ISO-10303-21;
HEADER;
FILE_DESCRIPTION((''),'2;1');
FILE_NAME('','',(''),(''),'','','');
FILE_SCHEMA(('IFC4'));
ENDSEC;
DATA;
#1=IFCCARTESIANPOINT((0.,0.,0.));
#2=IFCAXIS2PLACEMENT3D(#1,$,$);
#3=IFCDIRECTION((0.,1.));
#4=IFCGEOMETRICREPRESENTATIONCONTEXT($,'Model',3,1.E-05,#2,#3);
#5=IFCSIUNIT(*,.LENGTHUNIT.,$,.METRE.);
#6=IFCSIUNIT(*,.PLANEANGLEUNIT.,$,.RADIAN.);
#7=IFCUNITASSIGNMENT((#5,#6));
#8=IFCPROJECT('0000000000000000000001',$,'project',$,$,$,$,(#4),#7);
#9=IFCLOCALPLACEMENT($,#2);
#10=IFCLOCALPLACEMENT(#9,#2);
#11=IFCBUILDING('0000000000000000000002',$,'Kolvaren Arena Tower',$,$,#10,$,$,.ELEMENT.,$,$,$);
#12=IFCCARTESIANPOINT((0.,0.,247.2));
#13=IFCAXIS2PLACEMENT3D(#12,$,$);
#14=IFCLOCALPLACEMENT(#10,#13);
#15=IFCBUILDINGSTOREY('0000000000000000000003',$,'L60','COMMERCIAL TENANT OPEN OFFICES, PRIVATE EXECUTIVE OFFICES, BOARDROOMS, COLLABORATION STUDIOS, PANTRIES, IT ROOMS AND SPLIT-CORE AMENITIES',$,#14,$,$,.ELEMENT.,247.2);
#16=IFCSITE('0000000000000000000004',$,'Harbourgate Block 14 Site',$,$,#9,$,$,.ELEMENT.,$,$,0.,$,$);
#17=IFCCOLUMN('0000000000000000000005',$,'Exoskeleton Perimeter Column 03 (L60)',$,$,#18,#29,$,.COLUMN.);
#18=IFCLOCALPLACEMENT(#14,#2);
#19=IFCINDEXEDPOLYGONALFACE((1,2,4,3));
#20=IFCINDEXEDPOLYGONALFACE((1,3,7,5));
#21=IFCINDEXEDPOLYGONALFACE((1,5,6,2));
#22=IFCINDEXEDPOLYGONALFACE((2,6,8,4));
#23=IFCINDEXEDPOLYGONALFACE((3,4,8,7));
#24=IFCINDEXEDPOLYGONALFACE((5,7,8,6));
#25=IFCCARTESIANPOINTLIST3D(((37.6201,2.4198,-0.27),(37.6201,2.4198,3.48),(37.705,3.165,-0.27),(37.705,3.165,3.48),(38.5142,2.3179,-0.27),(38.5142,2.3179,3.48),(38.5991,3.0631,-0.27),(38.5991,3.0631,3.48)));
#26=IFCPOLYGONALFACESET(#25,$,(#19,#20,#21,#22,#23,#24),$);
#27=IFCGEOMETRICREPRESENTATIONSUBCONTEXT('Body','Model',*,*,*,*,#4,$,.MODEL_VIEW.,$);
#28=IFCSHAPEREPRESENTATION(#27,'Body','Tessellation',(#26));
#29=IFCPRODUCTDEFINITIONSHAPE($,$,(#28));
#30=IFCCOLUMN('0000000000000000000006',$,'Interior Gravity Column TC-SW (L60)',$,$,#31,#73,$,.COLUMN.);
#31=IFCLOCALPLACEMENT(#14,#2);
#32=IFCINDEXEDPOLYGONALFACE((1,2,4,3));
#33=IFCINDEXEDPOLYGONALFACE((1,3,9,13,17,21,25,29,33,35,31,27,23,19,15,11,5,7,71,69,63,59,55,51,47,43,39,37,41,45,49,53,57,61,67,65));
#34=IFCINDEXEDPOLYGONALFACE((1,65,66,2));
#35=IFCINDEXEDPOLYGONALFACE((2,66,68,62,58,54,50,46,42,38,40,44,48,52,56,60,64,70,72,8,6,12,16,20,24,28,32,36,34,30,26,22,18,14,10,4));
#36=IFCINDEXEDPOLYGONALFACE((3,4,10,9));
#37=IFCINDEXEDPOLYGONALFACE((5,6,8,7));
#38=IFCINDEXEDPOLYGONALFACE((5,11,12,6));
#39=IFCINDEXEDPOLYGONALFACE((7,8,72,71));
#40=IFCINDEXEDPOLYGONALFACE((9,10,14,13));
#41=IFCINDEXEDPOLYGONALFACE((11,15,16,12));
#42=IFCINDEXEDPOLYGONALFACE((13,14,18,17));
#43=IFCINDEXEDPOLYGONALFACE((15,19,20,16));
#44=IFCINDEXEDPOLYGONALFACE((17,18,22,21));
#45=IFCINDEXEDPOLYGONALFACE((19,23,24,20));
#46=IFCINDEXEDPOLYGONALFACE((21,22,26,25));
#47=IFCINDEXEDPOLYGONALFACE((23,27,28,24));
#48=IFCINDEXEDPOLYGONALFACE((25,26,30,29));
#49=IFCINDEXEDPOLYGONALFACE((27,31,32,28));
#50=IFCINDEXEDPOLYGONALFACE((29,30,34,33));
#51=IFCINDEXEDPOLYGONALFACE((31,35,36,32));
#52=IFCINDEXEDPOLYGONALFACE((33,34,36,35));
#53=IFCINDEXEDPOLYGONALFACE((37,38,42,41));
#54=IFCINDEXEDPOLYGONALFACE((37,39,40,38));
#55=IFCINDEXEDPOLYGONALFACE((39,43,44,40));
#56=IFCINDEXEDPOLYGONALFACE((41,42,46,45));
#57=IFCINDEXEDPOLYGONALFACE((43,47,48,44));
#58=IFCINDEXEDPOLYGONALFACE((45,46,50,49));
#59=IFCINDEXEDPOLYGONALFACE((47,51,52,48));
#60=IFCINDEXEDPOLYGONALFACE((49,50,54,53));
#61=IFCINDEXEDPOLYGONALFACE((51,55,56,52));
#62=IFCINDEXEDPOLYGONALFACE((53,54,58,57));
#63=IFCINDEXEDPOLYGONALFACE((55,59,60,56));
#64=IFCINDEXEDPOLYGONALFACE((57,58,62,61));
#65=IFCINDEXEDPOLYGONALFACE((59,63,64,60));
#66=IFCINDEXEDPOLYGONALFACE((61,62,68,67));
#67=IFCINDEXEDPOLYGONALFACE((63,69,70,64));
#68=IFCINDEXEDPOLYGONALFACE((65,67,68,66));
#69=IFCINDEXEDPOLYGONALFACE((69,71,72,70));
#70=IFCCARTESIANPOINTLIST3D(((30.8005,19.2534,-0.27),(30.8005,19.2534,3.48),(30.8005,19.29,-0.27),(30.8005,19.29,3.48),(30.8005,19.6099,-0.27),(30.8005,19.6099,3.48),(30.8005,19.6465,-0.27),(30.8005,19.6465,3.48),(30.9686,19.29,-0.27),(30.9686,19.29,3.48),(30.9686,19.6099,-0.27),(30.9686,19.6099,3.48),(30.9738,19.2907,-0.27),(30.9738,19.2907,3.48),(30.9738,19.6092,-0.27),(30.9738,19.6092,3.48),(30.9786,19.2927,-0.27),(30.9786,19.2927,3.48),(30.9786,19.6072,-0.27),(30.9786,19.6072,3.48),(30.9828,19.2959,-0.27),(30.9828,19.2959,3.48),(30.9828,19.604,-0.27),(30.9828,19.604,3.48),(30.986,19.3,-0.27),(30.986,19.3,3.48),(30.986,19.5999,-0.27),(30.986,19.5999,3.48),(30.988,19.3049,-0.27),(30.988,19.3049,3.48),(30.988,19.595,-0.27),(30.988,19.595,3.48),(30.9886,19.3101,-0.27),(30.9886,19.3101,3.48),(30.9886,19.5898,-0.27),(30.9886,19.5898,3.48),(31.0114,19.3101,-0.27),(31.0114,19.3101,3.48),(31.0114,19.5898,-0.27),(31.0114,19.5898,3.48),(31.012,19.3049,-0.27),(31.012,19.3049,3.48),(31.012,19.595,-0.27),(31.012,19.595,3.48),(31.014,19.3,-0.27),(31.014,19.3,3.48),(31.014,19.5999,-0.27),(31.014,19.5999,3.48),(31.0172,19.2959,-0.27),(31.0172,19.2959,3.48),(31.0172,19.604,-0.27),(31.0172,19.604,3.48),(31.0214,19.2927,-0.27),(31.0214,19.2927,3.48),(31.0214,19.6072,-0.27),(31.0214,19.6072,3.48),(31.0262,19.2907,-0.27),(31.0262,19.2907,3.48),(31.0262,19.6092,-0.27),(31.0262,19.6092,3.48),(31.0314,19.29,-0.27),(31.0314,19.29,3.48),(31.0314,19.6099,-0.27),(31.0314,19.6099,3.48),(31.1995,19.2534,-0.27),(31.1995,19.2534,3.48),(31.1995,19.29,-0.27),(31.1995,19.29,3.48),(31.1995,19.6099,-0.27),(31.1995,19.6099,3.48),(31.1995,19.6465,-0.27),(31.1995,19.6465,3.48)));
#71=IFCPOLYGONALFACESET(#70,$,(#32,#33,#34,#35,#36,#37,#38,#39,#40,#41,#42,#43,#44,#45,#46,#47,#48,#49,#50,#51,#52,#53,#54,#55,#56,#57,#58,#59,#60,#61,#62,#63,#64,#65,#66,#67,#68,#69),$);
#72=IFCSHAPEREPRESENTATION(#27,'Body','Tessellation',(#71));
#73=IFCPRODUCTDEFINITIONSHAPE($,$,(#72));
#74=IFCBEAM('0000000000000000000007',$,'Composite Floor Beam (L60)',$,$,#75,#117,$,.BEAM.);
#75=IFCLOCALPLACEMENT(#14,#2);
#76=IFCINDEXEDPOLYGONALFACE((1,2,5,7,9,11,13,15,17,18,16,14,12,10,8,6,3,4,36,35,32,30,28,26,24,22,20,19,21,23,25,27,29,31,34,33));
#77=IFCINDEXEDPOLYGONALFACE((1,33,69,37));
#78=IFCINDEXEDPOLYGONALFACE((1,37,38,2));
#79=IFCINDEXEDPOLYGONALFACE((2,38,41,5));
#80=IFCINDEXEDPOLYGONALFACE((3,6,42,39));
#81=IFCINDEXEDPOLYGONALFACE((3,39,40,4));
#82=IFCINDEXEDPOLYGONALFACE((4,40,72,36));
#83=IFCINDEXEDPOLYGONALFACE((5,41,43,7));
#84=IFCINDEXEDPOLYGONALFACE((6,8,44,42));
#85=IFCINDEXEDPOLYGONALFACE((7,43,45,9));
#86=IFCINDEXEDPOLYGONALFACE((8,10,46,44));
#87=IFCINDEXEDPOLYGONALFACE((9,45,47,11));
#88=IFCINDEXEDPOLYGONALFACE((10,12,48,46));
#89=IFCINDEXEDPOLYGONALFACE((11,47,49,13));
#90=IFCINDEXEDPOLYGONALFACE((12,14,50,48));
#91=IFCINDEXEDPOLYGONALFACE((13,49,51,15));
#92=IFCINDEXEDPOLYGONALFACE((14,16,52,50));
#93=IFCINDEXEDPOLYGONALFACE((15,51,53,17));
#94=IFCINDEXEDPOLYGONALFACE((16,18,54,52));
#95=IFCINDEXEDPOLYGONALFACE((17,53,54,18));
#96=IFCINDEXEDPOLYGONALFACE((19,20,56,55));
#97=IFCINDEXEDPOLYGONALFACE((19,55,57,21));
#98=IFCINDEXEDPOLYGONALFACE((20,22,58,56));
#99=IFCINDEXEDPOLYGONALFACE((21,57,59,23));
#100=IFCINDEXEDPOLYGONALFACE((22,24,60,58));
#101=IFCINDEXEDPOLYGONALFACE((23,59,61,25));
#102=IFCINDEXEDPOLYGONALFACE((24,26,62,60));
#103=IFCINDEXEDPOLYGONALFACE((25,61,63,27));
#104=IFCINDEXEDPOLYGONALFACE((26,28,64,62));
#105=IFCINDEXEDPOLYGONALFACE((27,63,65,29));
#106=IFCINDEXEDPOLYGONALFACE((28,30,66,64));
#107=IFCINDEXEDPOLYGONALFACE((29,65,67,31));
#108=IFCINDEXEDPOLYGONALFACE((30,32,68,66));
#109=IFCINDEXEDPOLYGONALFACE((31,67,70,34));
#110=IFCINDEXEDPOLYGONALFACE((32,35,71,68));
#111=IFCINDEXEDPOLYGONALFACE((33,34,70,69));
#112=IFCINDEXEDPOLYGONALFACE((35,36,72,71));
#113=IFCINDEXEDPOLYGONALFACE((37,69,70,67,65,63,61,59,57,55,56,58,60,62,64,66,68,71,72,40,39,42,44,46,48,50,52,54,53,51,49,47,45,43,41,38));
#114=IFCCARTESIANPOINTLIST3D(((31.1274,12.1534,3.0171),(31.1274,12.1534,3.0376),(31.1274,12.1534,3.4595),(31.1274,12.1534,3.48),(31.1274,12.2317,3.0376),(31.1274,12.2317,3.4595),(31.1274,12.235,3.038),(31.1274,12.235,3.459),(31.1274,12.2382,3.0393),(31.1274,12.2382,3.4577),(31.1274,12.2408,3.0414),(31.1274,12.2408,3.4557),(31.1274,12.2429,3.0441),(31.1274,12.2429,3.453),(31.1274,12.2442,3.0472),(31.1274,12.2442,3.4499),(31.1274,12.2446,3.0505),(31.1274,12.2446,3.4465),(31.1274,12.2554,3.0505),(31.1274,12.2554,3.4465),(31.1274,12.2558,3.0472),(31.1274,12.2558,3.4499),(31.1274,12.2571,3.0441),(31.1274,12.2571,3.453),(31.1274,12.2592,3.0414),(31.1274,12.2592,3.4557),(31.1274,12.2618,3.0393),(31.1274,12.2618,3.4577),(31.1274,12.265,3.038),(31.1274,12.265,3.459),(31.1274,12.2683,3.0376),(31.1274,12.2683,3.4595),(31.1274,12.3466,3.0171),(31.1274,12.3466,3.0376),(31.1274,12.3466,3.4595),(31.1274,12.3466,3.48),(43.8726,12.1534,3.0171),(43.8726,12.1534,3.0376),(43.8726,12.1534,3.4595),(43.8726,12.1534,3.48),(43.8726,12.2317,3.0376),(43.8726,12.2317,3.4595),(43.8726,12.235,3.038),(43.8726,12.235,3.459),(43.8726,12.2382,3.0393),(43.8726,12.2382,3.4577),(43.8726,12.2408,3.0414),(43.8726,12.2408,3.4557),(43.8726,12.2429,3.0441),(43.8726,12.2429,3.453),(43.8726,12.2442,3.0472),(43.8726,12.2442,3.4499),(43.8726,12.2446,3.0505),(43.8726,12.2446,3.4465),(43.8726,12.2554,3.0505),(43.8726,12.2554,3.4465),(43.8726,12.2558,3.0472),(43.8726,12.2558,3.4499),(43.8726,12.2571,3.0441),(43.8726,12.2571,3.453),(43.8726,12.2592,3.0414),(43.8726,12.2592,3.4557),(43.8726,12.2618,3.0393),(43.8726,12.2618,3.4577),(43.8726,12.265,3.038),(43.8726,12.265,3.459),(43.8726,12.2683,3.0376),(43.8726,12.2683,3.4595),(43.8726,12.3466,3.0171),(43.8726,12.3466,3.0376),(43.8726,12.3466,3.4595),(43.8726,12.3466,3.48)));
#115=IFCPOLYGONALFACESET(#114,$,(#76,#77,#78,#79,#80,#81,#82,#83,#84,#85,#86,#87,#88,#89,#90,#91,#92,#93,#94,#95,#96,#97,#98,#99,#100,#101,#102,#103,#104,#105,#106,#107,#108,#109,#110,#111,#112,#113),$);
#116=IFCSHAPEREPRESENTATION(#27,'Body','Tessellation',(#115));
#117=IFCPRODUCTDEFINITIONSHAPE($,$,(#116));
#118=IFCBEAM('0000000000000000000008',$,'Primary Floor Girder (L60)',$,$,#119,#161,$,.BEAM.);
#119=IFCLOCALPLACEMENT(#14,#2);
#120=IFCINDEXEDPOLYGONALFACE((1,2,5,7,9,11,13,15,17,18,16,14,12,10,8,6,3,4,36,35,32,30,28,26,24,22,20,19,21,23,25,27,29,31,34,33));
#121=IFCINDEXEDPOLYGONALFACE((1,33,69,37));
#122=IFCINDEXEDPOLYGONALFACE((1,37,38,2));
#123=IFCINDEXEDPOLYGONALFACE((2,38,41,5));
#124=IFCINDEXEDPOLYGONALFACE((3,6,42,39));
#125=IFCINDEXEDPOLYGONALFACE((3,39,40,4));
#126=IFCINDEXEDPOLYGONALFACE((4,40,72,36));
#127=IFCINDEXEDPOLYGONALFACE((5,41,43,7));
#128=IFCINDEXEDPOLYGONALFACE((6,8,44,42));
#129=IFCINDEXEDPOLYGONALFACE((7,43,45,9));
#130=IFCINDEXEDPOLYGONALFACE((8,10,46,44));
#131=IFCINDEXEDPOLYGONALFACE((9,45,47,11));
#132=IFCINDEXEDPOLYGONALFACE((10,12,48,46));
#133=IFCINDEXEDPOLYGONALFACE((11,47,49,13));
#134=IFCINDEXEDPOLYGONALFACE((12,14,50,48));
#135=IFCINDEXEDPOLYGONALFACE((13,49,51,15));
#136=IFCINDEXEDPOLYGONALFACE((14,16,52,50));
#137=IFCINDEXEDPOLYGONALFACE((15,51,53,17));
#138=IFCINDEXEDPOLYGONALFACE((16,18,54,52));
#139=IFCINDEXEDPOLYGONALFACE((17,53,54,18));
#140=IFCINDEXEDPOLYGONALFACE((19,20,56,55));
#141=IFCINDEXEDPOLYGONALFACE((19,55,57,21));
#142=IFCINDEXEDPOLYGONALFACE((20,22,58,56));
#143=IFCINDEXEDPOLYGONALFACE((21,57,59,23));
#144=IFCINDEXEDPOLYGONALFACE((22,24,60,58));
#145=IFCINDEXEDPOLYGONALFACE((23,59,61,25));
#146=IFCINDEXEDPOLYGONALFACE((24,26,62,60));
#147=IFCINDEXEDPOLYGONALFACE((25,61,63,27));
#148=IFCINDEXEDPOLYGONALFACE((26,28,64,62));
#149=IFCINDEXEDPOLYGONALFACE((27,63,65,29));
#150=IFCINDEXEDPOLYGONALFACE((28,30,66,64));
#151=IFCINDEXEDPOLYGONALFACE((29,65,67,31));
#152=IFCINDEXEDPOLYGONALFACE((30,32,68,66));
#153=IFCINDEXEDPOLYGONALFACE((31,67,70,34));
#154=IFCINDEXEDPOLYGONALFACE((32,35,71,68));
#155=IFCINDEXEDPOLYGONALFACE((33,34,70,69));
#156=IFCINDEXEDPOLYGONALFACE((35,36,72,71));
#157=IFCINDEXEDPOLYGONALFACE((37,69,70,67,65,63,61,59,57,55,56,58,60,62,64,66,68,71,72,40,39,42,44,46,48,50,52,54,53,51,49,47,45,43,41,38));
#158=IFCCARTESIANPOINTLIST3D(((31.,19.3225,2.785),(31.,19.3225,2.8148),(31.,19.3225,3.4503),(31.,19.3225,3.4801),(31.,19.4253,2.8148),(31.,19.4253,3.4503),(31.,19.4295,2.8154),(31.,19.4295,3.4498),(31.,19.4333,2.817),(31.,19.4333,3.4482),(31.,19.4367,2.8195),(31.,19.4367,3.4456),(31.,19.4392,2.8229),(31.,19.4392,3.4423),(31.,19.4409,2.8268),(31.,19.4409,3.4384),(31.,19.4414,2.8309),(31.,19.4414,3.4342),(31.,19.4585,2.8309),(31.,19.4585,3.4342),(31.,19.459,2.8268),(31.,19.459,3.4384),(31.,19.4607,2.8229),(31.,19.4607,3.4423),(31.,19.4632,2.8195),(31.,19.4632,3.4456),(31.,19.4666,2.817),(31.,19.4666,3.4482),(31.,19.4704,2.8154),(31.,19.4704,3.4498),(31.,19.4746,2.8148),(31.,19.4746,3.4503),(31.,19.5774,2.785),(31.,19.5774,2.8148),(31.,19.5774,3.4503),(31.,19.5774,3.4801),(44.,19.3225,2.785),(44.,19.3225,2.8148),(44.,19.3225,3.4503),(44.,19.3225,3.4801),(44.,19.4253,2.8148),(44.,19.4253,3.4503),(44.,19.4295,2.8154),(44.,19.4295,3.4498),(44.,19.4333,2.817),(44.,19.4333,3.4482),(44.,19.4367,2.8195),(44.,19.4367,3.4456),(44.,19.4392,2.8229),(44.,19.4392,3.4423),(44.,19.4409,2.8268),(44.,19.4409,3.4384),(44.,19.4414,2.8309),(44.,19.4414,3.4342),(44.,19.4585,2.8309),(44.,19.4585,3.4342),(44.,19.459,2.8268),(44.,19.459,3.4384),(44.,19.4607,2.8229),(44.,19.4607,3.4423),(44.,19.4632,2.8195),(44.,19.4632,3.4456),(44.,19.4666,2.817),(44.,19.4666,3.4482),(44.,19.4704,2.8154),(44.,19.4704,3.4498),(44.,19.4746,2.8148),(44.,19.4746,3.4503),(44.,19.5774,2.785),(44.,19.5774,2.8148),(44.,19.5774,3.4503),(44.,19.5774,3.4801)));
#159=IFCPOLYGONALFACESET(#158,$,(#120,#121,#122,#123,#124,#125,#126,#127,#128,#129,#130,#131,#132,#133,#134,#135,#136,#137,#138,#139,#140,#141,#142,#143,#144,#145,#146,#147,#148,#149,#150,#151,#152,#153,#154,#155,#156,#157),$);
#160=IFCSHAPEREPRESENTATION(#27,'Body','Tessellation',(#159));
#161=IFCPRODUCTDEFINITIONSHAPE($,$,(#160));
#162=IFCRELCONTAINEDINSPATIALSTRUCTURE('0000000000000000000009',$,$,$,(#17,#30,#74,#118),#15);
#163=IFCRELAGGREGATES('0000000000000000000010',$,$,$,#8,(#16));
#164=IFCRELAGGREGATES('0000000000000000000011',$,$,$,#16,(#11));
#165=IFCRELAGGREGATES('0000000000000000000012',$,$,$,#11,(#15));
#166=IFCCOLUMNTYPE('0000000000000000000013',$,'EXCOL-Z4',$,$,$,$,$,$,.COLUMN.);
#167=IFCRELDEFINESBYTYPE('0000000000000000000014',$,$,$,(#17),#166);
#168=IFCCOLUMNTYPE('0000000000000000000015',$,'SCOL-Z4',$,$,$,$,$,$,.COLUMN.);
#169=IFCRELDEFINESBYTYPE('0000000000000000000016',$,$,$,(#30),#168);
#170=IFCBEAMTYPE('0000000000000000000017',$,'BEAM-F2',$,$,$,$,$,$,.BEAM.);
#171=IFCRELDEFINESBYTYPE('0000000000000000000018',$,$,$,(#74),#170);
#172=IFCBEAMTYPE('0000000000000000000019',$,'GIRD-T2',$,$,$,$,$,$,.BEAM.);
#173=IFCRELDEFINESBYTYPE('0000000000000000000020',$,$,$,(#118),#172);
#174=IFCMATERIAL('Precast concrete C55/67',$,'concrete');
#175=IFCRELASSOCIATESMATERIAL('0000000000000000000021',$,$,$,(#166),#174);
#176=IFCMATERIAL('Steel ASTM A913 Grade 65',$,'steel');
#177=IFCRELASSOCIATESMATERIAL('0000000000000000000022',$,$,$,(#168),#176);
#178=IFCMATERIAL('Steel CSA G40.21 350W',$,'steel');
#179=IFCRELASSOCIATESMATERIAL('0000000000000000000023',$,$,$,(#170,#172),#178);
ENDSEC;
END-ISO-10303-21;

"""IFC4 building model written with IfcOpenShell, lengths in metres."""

from ifc_helpers import new_model, si_unit, direction, frame, origin, origin_2d, place, context, subcontext, project, spatial, rectangle, i_section, extrude, material, material_profile, profile_set, type_object, element, save


model = new_model("IFC4")

# Units and contexts
model_context = context("Model", 3, precision=1e-05, world=origin(), true_north=direction((0.0, 1.0)))
body_context = subcontext(model_context, "Body", "Model", "MODEL_VIEW")
ifc_project = project(units=[si_unit("LENGTHUNIT", "METRE"), si_unit("PLANEANGLEUNIT", "RADIAN")], contexts=[model_context])

# Site, building, storey
site_placement = place(None, origin())
site = spatial("IfcSite", under=ifc_project, at=site_placement, Name="Harbourgate Block 14 Site", CompositionType="ELEMENT", RefElevation=0.0)
building_placement = place(site_placement, origin())
building = spatial("IfcBuilding", under=site, at=building_placement, Name="Kolvaren Arena Tower", CompositionType="ELEMENT")
storey_placement = place(building_placement, frame((0.0, 0.0, 247.2)))
storey = spatial("IfcBuildingStorey", under=building, at=storey_placement, Name="L60", Description="COMMERCIAL TENANT OPEN OFFICES, PRIVATE EXECUTIVE OFFICES, BOARDROOMS, COLLABORATION STUDIOS, PANTRIES, IT ROOMS AND SPLIT-CORE AMENITIES", CompositionType="ELEMENT", Elevation=247.2)

# Columns
ifc_material_1 = material(Name="Precast concrete C55/67", Category="concrete")
ifc_material_profile_1 = material_profile(ifc_material_1, rectangle(XDim=0.8999, YDim=0.75, at=origin_2d()), Name="RC-900x750")
ifc_profile_set_1 = profile_set([ifc_material_profile_1], Name="Precast concrete C55/67")
column_type_1 = type_object("IfcColumnType", Name="EXCOL-Z4", PredefinedType="COLUMN", material=ifc_profile_set_1)
column_1_placement = place(storey_placement, frame((38.1096, 2.7415, -0.27), z_axis=(0.0, 0.0, 1.0), x_axis=(0.993572, -0.113203, 0.0)))
element("IfcColumn", 1, at=column_1_placement, inside=storey, type_object=column_type_1, Name="Exoskeleton Perimeter Column 03 (L60)", PredefinedType="COLUMN", context=body_context, shape_type="SweptSolid", body=[
    extrude(rectangle(XDim=0.8999, YDim=0.75, at=origin_2d()), origin(), (0.0, 0.0, 1.0), 3.75),
])
ifc_material_2 = material(Name="Steel ASTM A913 Grade 65", Category="steel")
ifc_material_profile_2 = material_profile(ifc_material_2, i_section(OverallWidth=0.3989, OverallDepth=0.3931, WebThickness=0.0227, FlangeThickness=0.0366, FilletRadius=0.02, at=origin_2d()), Name="W360x287")
ifc_profile_set_2 = profile_set([ifc_material_profile_2], Name="Steel ASTM A913 Grade 65")
column_type_2 = type_object("IfcColumnType", Name="SCOL-Z4", PredefinedType="COLUMN", material=ifc_profile_set_2)
column_2_placement = place(storey_placement, frame((31.0, 19.45, -0.27), z_axis=(0.0, 0.0, 1.0), x_axis=(1.0, 0.0, 0.0)))
element("IfcColumn", 2, at=column_2_placement, inside=storey, type_object=column_type_2, Name="Interior Gravity Column TC-SW (L60)", PredefinedType="COLUMN", context=body_context, shape_type="SweptSolid", body=[
    extrude(i_section(OverallWidth=0.3989, OverallDepth=0.3931, WebThickness=0.0227, FlangeThickness=0.0366, FilletRadius=0.02, at=origin_2d()), origin(), (0.0, 0.0, 1.0), 3.75),
])

# Beams
ifc_material_3 = material(Name="Steel CSA G40.21 350W", Category="steel")
ifc_material_profile_3 = material_profile(ifc_material_3, i_section(OverallWidth=0.1931, OverallDepth=0.4629, WebThickness=0.0107, FlangeThickness=0.0205, FilletRadius=0.0129, at=origin_2d()), Name="W460x113")
ifc_profile_set_3 = profile_set([ifc_material_profile_3], Name="Steel CSA G40.21 350W")
beam_type_1 = type_object("IfcBeamType", Name="BEAM-F2", PredefinedType="BEAM", material=ifc_profile_set_3)
beam_1_placement = place(storey_placement, frame((31.1274, 12.25, 3.2485), z_axis=(1.0, 0.0, 0.0), x_axis=(0.0, 1.0, 0.0)))
element("IfcBeam", 3, at=beam_1_placement, inside=storey, type_object=beam_type_1, Name="Composite Floor Beam (L60)", PredefinedType="BEAM", context=body_context, shape_type="SweptSolid", body=[
    extrude(i_section(OverallWidth=0.1931, OverallDepth=0.4629, WebThickness=0.0107, FlangeThickness=0.0205, FilletRadius=0.0129, at=origin_2d()), origin(), (0.0, 0.0, 1.0), 12.7451),
])
ifc_material_profile_4 = material_profile(ifc_material_3, i_section(OverallWidth=0.2549, OverallDepth=0.6951, WebThickness=0.0171, FlangeThickness=0.0298, FilletRadius=0.0161, at=origin_2d()), Name="W690x217")
ifc_profile_set_4 = profile_set([ifc_material_profile_4], Name="Steel CSA G40.21 350W")
beam_type_2 = type_object("IfcBeamType", Name="GIRD-T2", PredefinedType="BEAM", material=ifc_profile_set_4)
beam_2_placement = place(storey_placement, frame((31.0, 19.45, 3.1326), z_axis=(1.0, 0.0, 0.0), x_axis=(0.0, 1.0, 0.0)))
element("IfcBeam", 4, at=beam_2_placement, inside=storey, type_object=beam_type_2, Name="Primary Floor Girder (L60)", PredefinedType="BEAM", context=body_context, shape_type="SweptSolid", body=[
    extrude(i_section(OverallWidth=0.2549, OverallDepth=0.6951, WebThickness=0.0171, FlangeThickness=0.0298, FilletRadius=0.0161, at=origin_2d()), origin(), (0.0, 0.0, 1.0), 13.0),
])

save(model, "model.ifc")
